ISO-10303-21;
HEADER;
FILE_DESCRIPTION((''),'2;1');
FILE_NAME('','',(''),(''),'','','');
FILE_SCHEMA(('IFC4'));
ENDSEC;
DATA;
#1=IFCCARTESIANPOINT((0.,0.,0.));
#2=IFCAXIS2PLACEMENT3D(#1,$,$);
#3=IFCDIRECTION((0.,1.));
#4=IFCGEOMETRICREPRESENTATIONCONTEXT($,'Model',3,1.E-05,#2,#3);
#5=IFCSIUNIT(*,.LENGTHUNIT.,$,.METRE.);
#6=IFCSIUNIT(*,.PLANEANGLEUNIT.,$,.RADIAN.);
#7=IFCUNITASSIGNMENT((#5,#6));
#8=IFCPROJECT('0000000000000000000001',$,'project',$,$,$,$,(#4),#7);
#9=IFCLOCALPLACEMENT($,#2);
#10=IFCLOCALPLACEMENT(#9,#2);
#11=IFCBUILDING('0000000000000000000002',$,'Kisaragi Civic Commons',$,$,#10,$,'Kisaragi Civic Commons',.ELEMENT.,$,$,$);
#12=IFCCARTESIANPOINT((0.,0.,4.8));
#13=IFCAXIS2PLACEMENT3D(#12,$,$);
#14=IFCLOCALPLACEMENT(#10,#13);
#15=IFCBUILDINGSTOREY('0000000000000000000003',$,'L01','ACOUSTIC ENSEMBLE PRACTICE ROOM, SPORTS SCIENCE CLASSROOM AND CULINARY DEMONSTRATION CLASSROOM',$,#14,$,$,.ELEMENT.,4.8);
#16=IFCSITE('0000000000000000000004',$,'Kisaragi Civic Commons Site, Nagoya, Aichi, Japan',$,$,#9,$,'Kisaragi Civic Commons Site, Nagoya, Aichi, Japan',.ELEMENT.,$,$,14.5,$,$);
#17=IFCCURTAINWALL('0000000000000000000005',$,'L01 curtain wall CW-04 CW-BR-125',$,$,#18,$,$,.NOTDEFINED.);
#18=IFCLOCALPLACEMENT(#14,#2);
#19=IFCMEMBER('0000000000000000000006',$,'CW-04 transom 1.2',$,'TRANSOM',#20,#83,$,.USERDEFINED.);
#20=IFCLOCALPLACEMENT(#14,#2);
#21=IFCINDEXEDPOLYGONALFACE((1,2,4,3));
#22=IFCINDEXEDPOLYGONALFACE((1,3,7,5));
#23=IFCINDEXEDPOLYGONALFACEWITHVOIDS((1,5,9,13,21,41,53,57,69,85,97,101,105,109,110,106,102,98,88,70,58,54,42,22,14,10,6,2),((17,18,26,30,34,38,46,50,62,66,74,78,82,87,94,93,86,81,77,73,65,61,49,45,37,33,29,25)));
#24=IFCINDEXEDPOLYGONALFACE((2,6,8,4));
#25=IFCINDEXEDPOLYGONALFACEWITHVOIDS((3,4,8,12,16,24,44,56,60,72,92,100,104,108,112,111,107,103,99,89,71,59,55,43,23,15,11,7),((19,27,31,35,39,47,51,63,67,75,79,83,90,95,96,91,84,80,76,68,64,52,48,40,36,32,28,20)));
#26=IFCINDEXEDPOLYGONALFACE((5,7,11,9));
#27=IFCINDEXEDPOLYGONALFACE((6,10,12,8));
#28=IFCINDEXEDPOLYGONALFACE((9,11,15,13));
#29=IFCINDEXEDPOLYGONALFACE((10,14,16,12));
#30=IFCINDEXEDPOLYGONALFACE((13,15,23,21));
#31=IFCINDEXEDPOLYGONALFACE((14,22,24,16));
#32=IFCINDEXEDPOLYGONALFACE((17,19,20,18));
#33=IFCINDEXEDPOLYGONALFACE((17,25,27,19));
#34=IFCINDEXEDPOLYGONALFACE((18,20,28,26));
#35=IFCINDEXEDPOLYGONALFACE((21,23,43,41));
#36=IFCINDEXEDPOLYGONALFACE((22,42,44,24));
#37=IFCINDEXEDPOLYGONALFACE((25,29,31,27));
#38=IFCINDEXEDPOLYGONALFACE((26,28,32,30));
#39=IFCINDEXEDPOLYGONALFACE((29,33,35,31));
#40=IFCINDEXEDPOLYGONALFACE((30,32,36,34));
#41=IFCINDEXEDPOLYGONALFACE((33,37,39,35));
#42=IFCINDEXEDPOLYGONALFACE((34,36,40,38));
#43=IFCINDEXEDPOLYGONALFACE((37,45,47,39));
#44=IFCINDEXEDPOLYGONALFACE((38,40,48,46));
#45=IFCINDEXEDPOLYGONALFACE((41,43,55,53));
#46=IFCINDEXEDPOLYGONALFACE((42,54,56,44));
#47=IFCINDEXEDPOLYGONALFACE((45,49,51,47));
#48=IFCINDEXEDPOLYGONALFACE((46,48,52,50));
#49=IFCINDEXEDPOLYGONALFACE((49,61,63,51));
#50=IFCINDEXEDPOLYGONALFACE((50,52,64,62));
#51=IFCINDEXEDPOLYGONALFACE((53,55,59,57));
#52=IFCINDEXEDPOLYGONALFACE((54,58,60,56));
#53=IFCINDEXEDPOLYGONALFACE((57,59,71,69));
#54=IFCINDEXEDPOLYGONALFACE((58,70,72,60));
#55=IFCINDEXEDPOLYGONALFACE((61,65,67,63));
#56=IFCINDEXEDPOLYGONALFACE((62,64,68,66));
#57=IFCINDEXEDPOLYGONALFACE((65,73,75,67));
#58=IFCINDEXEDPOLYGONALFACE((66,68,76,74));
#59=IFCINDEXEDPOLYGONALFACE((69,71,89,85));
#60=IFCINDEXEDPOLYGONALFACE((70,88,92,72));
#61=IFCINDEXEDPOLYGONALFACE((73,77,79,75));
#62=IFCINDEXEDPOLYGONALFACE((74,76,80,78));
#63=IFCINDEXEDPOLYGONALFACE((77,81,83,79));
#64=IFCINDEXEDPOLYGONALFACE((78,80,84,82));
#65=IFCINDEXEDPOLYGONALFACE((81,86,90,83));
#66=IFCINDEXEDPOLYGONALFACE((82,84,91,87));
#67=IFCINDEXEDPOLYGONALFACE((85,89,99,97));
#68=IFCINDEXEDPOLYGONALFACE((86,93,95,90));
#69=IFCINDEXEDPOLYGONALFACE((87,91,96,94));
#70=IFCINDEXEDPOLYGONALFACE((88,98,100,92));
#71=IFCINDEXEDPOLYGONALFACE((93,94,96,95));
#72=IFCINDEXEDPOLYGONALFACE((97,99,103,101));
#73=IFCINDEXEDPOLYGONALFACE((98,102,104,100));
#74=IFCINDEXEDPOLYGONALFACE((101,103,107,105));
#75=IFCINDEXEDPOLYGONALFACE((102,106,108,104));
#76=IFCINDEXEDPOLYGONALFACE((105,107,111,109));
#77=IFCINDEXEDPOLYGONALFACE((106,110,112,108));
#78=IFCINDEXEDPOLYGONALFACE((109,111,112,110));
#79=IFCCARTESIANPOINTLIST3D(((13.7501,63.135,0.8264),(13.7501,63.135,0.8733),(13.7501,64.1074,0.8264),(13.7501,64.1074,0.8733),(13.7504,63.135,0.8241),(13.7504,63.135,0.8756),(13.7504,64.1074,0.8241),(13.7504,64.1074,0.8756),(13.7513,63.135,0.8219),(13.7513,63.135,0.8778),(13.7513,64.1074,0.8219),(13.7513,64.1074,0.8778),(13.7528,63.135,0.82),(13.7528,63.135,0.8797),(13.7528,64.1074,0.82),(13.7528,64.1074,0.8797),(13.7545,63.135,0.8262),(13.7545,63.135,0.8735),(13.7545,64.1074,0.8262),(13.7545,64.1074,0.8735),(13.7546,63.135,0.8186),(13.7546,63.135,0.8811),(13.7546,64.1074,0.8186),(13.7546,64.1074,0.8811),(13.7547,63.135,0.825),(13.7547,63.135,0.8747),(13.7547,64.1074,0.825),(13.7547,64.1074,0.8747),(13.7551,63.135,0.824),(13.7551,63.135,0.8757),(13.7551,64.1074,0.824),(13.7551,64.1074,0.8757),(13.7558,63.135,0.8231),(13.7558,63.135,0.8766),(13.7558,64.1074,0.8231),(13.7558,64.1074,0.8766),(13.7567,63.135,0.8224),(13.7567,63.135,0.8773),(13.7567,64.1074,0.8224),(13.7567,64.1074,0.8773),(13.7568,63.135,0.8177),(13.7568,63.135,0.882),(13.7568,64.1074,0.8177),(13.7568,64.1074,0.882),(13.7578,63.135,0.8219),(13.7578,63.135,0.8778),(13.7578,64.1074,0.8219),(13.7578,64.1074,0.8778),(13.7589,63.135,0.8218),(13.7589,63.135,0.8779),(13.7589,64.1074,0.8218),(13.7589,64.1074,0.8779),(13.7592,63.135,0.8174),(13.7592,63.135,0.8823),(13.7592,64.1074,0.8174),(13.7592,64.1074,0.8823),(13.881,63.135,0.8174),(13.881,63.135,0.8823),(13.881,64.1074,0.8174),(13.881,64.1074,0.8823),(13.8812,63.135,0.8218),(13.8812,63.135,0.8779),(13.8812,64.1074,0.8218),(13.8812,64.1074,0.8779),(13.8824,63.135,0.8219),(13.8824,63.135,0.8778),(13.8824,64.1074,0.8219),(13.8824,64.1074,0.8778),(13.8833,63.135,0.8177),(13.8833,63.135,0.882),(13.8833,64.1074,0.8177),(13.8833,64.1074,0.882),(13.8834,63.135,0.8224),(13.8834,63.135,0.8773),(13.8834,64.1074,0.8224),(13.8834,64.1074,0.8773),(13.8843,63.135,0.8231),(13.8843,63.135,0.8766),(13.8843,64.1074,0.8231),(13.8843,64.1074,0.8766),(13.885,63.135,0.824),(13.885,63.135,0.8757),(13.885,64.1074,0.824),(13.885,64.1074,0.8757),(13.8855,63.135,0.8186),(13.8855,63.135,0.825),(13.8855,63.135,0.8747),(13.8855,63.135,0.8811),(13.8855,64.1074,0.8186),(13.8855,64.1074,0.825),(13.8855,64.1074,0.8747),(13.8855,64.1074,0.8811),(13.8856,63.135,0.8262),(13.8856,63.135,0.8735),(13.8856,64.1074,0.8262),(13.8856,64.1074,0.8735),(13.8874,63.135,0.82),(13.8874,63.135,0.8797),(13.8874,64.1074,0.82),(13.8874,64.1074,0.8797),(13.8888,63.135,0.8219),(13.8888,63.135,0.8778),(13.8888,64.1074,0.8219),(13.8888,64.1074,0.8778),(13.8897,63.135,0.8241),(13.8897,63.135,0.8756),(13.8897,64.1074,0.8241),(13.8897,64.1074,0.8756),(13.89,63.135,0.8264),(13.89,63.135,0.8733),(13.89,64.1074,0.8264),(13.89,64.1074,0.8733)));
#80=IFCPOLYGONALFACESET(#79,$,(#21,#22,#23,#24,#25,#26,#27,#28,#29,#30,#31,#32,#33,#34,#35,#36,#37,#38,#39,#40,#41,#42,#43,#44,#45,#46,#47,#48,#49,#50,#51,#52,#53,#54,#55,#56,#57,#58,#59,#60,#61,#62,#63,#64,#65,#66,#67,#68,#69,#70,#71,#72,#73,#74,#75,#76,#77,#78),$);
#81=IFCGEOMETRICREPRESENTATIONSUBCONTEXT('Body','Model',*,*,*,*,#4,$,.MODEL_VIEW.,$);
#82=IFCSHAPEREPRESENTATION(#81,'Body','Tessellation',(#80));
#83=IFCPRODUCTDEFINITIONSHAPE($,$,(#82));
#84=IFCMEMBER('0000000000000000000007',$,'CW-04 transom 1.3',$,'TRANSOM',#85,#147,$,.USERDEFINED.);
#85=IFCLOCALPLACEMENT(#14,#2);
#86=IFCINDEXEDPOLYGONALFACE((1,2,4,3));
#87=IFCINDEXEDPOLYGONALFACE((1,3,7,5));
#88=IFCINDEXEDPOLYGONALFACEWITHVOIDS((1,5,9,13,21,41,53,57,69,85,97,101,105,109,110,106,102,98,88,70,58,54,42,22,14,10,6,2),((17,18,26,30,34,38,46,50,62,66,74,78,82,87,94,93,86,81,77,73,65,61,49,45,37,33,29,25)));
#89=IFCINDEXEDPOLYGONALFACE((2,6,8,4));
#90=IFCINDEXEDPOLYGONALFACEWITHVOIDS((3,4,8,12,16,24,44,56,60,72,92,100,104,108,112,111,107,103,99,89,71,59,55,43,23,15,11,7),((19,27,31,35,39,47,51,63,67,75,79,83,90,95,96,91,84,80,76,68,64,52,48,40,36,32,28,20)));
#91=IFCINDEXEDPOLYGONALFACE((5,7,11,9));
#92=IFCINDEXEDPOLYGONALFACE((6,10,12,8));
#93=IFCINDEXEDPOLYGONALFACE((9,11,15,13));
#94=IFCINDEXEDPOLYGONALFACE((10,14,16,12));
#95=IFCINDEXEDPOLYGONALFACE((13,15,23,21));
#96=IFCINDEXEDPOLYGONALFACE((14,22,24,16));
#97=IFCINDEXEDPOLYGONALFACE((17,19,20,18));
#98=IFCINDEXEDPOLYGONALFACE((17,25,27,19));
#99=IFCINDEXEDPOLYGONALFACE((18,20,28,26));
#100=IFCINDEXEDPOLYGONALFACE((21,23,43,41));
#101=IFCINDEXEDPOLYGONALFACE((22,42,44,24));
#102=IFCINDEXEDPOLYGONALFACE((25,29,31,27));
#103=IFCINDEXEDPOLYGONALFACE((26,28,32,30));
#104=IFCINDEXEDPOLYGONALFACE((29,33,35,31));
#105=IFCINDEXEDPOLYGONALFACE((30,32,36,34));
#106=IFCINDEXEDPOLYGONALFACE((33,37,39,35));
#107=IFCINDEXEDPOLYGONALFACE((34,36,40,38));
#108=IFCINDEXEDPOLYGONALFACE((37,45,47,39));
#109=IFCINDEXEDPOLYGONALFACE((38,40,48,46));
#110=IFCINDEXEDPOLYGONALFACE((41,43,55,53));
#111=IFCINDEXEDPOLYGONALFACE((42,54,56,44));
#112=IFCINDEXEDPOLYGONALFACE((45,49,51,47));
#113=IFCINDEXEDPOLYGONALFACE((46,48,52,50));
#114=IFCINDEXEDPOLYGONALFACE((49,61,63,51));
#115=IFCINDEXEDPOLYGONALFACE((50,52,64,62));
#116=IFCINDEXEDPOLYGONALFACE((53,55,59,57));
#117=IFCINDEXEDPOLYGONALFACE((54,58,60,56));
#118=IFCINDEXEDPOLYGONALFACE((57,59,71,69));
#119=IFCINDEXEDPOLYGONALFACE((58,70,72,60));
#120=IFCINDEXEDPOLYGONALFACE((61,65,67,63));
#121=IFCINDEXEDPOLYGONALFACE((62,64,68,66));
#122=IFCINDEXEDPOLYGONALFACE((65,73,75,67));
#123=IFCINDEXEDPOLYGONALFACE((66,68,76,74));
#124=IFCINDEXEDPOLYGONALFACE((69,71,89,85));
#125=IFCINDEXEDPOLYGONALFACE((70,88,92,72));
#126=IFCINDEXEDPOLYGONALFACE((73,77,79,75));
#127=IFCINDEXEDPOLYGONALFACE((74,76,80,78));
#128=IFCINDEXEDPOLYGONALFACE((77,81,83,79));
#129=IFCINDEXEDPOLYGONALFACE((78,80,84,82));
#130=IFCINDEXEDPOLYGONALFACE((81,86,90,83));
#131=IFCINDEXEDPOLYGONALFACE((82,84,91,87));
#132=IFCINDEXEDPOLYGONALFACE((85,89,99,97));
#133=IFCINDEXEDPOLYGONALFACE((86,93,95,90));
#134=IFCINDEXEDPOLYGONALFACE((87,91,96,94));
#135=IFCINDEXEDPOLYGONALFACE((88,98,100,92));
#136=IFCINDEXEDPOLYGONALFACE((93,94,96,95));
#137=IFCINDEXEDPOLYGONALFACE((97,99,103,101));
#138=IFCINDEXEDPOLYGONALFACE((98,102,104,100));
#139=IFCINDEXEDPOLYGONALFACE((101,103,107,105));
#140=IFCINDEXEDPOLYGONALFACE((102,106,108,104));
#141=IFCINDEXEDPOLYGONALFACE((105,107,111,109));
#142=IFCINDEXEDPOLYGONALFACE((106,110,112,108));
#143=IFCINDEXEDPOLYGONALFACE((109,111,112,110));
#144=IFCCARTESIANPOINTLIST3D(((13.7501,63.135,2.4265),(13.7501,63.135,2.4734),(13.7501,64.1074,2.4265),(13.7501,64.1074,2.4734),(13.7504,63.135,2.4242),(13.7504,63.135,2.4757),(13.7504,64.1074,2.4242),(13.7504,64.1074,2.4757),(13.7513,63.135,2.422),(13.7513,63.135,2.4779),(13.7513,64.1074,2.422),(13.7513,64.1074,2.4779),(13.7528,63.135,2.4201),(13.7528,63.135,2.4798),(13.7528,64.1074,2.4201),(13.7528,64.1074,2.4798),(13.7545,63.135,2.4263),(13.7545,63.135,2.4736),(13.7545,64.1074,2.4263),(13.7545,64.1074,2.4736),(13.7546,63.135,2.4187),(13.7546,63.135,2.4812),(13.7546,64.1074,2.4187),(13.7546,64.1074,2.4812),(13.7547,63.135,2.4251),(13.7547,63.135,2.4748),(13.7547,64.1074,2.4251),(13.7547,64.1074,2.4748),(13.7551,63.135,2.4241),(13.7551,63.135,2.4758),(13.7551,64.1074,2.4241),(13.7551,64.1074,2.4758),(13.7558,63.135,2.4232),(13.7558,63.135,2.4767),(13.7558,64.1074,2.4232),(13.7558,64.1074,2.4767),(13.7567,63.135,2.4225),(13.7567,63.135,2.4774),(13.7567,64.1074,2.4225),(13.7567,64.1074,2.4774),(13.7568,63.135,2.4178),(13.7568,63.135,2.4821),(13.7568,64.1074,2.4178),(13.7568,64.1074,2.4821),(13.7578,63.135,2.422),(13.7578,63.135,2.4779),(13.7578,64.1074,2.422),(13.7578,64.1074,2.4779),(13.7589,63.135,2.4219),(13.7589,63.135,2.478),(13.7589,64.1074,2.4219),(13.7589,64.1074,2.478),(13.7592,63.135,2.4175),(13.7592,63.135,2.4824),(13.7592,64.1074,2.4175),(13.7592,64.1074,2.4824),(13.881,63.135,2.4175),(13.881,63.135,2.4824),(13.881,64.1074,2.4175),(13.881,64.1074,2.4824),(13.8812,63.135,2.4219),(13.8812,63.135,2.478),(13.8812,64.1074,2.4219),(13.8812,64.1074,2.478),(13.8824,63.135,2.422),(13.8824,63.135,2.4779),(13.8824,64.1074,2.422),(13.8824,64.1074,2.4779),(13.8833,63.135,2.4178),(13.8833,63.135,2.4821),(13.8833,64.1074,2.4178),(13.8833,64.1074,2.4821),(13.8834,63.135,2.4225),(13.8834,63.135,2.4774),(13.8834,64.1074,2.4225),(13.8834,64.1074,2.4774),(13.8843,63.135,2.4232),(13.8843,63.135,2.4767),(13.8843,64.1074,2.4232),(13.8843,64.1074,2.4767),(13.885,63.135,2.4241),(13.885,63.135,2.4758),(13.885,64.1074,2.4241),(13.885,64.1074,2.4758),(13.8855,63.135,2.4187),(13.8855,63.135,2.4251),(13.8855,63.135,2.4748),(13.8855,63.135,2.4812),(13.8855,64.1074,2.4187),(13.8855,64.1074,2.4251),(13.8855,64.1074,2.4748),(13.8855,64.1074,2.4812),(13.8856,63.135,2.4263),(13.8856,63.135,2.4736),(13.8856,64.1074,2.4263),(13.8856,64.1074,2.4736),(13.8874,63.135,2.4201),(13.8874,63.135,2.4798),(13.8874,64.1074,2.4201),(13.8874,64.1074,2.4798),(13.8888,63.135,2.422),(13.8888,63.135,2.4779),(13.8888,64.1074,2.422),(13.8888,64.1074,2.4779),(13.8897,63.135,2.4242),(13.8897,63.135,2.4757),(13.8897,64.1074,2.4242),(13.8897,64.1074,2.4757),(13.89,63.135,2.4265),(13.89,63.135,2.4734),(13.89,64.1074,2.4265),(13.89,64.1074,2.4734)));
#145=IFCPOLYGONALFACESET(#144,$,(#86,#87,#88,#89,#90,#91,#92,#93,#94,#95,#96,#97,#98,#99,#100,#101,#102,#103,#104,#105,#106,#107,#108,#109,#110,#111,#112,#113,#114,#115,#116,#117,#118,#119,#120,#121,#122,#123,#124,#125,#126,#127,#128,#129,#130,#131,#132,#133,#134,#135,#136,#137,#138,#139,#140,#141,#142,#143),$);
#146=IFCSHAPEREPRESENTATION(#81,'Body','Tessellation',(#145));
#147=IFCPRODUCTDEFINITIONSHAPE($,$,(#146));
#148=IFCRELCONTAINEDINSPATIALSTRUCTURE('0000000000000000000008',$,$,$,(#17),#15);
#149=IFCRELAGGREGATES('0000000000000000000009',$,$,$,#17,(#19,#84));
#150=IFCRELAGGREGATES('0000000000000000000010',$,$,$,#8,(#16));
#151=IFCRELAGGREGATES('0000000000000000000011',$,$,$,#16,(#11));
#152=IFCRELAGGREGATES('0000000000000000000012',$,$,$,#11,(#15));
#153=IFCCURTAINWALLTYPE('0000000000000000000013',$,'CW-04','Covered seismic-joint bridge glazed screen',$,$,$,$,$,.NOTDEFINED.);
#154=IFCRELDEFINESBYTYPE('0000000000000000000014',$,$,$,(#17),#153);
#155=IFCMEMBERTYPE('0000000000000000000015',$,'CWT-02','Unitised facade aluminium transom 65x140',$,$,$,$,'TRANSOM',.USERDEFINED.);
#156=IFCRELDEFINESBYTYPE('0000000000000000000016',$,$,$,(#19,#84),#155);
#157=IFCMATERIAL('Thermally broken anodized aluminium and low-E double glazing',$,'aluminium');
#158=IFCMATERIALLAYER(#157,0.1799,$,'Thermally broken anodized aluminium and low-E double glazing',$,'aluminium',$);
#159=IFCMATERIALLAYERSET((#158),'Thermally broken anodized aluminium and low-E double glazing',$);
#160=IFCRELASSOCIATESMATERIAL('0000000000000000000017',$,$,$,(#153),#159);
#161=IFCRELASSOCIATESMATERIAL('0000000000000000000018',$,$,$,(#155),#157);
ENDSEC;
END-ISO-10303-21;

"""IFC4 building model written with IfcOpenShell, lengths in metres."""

from ifc_helpers import new_model, si_unit, direction, frame, origin, origin_2d, place, context, subcontext, project, spatial, hollow_rectangle, extrude, material, layer, layer_set, material_profile, profile_set, type_object, element, aggregate, save


model = new_model("IFC4")

# Units and contexts
model_context = context("Model", 3, precision=1e-05, world=origin(), true_north=direction((0.0, 1.0)))
body_context = subcontext(model_context, "Body", "Model", "MODEL_VIEW")
ifc_project = project(units=[si_unit("LENGTHUNIT", "METRE"), si_unit("PLANEANGLEUNIT", "RADIAN")], contexts=[model_context])

# Site, building, storey
site_placement = place(None, origin())
site = spatial("IfcSite", under=ifc_project, at=site_placement, Name="Kisaragi Civic Commons Site, Nagoya, Aichi, Japan", LongName="Kisaragi Civic Commons Site, Nagoya, Aichi, Japan", CompositionType="ELEMENT", RefElevation=14.5)
building_placement = place(site_placement, origin())
building = spatial("IfcBuilding", under=site, at=building_placement, Name="Kisaragi Civic Commons", LongName="Kisaragi Civic Commons", CompositionType="ELEMENT")
storey_placement = place(building_placement, frame((0.0, 0.0, 4.8)))
storey = spatial("IfcBuildingStorey", under=building, at=storey_placement, Name="L01", Description="ACOUSTIC ENSEMBLE PRACTICE ROOM, SPORTS SCIENCE CLASSROOM AND CULINARY DEMONSTRATION CLASSROOM", CompositionType="ELEMENT", Elevation=4.8)

# Curtain wall, members
ifc_material_1 = material(Name="Thermally broken anodized aluminium and low-E double glazing", Category="aluminium")
ifc_layer_1 = layer(ifc_material_1, 0.1799, Name="Thermally broken anodized aluminium and low-E double glazing", Category="aluminium")
ifc_layer_set_1 = layer_set([ifc_layer_1], Name="Thermally broken anodized aluminium and low-E double glazing")
curtain_wall_type = type_object("IfcCurtainWallType", Name="CW-04", Description="Covered seismic-joint bridge glazed screen", PredefinedType="NOTDEFINED", material=ifc_layer_set_1)
curtain_wall_placement = place(storey_placement, origin())
curtain_wall = element("IfcCurtainWall", 1, at=curtain_wall_placement, inside=storey, type_object=curtain_wall_type, Name="L01 curtain wall CW-04 CW-BR-125", PredefinedType="NOTDEFINED")
ifc_material_profile_1 = material_profile(ifc_material_1, hollow_rectangle(XDim=0.1399, YDim=0.0649, WallThickness=0.0044, InnerFilletRadius=0.0044, OuterFilletRadius=0.009, at=origin_2d()), Name="CWT-65x140x4.5", Category="aluminium")
ifc_profile_set_1 = profile_set([ifc_material_profile_1], Name="Thermally broken anodized aluminium and low-E double glazing")
member_type_1 = type_object("IfcMemberType", Name="CWT-02", Description="Unitised facade aluminium transom 65x140", ElementType="TRANSOM", PredefinedType="USERDEFINED", material=ifc_profile_set_1)
member_1_placement = place(storey_placement, frame((13.8201, 63.135, 0.8499), z_axis=(0.0, 1.0, 0.0), x_axis=(-1.0, 0.0, 0.0)))
member_1 = element("IfcMember", 2, at=member_1_placement, type_object=member_type_1, Name="CW-04 transom 1.2", ObjectType="TRANSOM", PredefinedType="USERDEFINED", context=body_context, shape_type="SweptSolid", body=[
    extrude(hollow_rectangle(XDim=0.1399, YDim=0.0649, WallThickness=0.0044, InnerFilletRadius=0.0044, OuterFilletRadius=0.009, at=origin_2d()), origin(), (0.0, 0.0, 1.0), 0.9724),
])
member_2_placement = place(storey_placement, frame((13.8201, 63.135, 2.45), z_axis=(0.0, 1.0, 0.0), x_axis=(-1.0, 0.0, 0.0)))
member_2 = element("IfcMember", 3, at=member_2_placement, type_object=member_type_1, Name="CW-04 transom 1.3", ObjectType="TRANSOM", PredefinedType="USERDEFINED", context=body_context, shape_type="SweptSolid", body=[
    extrude(hollow_rectangle(XDim=0.1399, YDim=0.0649, WallThickness=0.0044, InnerFilletRadius=0.0044, OuterFilletRadius=0.009, at=origin_2d()), origin(), (0.0, 0.0, 1.0), 0.9724),
])
aggregate(curtain_wall, [member_1, member_2])

save(model, "model.ifc")
